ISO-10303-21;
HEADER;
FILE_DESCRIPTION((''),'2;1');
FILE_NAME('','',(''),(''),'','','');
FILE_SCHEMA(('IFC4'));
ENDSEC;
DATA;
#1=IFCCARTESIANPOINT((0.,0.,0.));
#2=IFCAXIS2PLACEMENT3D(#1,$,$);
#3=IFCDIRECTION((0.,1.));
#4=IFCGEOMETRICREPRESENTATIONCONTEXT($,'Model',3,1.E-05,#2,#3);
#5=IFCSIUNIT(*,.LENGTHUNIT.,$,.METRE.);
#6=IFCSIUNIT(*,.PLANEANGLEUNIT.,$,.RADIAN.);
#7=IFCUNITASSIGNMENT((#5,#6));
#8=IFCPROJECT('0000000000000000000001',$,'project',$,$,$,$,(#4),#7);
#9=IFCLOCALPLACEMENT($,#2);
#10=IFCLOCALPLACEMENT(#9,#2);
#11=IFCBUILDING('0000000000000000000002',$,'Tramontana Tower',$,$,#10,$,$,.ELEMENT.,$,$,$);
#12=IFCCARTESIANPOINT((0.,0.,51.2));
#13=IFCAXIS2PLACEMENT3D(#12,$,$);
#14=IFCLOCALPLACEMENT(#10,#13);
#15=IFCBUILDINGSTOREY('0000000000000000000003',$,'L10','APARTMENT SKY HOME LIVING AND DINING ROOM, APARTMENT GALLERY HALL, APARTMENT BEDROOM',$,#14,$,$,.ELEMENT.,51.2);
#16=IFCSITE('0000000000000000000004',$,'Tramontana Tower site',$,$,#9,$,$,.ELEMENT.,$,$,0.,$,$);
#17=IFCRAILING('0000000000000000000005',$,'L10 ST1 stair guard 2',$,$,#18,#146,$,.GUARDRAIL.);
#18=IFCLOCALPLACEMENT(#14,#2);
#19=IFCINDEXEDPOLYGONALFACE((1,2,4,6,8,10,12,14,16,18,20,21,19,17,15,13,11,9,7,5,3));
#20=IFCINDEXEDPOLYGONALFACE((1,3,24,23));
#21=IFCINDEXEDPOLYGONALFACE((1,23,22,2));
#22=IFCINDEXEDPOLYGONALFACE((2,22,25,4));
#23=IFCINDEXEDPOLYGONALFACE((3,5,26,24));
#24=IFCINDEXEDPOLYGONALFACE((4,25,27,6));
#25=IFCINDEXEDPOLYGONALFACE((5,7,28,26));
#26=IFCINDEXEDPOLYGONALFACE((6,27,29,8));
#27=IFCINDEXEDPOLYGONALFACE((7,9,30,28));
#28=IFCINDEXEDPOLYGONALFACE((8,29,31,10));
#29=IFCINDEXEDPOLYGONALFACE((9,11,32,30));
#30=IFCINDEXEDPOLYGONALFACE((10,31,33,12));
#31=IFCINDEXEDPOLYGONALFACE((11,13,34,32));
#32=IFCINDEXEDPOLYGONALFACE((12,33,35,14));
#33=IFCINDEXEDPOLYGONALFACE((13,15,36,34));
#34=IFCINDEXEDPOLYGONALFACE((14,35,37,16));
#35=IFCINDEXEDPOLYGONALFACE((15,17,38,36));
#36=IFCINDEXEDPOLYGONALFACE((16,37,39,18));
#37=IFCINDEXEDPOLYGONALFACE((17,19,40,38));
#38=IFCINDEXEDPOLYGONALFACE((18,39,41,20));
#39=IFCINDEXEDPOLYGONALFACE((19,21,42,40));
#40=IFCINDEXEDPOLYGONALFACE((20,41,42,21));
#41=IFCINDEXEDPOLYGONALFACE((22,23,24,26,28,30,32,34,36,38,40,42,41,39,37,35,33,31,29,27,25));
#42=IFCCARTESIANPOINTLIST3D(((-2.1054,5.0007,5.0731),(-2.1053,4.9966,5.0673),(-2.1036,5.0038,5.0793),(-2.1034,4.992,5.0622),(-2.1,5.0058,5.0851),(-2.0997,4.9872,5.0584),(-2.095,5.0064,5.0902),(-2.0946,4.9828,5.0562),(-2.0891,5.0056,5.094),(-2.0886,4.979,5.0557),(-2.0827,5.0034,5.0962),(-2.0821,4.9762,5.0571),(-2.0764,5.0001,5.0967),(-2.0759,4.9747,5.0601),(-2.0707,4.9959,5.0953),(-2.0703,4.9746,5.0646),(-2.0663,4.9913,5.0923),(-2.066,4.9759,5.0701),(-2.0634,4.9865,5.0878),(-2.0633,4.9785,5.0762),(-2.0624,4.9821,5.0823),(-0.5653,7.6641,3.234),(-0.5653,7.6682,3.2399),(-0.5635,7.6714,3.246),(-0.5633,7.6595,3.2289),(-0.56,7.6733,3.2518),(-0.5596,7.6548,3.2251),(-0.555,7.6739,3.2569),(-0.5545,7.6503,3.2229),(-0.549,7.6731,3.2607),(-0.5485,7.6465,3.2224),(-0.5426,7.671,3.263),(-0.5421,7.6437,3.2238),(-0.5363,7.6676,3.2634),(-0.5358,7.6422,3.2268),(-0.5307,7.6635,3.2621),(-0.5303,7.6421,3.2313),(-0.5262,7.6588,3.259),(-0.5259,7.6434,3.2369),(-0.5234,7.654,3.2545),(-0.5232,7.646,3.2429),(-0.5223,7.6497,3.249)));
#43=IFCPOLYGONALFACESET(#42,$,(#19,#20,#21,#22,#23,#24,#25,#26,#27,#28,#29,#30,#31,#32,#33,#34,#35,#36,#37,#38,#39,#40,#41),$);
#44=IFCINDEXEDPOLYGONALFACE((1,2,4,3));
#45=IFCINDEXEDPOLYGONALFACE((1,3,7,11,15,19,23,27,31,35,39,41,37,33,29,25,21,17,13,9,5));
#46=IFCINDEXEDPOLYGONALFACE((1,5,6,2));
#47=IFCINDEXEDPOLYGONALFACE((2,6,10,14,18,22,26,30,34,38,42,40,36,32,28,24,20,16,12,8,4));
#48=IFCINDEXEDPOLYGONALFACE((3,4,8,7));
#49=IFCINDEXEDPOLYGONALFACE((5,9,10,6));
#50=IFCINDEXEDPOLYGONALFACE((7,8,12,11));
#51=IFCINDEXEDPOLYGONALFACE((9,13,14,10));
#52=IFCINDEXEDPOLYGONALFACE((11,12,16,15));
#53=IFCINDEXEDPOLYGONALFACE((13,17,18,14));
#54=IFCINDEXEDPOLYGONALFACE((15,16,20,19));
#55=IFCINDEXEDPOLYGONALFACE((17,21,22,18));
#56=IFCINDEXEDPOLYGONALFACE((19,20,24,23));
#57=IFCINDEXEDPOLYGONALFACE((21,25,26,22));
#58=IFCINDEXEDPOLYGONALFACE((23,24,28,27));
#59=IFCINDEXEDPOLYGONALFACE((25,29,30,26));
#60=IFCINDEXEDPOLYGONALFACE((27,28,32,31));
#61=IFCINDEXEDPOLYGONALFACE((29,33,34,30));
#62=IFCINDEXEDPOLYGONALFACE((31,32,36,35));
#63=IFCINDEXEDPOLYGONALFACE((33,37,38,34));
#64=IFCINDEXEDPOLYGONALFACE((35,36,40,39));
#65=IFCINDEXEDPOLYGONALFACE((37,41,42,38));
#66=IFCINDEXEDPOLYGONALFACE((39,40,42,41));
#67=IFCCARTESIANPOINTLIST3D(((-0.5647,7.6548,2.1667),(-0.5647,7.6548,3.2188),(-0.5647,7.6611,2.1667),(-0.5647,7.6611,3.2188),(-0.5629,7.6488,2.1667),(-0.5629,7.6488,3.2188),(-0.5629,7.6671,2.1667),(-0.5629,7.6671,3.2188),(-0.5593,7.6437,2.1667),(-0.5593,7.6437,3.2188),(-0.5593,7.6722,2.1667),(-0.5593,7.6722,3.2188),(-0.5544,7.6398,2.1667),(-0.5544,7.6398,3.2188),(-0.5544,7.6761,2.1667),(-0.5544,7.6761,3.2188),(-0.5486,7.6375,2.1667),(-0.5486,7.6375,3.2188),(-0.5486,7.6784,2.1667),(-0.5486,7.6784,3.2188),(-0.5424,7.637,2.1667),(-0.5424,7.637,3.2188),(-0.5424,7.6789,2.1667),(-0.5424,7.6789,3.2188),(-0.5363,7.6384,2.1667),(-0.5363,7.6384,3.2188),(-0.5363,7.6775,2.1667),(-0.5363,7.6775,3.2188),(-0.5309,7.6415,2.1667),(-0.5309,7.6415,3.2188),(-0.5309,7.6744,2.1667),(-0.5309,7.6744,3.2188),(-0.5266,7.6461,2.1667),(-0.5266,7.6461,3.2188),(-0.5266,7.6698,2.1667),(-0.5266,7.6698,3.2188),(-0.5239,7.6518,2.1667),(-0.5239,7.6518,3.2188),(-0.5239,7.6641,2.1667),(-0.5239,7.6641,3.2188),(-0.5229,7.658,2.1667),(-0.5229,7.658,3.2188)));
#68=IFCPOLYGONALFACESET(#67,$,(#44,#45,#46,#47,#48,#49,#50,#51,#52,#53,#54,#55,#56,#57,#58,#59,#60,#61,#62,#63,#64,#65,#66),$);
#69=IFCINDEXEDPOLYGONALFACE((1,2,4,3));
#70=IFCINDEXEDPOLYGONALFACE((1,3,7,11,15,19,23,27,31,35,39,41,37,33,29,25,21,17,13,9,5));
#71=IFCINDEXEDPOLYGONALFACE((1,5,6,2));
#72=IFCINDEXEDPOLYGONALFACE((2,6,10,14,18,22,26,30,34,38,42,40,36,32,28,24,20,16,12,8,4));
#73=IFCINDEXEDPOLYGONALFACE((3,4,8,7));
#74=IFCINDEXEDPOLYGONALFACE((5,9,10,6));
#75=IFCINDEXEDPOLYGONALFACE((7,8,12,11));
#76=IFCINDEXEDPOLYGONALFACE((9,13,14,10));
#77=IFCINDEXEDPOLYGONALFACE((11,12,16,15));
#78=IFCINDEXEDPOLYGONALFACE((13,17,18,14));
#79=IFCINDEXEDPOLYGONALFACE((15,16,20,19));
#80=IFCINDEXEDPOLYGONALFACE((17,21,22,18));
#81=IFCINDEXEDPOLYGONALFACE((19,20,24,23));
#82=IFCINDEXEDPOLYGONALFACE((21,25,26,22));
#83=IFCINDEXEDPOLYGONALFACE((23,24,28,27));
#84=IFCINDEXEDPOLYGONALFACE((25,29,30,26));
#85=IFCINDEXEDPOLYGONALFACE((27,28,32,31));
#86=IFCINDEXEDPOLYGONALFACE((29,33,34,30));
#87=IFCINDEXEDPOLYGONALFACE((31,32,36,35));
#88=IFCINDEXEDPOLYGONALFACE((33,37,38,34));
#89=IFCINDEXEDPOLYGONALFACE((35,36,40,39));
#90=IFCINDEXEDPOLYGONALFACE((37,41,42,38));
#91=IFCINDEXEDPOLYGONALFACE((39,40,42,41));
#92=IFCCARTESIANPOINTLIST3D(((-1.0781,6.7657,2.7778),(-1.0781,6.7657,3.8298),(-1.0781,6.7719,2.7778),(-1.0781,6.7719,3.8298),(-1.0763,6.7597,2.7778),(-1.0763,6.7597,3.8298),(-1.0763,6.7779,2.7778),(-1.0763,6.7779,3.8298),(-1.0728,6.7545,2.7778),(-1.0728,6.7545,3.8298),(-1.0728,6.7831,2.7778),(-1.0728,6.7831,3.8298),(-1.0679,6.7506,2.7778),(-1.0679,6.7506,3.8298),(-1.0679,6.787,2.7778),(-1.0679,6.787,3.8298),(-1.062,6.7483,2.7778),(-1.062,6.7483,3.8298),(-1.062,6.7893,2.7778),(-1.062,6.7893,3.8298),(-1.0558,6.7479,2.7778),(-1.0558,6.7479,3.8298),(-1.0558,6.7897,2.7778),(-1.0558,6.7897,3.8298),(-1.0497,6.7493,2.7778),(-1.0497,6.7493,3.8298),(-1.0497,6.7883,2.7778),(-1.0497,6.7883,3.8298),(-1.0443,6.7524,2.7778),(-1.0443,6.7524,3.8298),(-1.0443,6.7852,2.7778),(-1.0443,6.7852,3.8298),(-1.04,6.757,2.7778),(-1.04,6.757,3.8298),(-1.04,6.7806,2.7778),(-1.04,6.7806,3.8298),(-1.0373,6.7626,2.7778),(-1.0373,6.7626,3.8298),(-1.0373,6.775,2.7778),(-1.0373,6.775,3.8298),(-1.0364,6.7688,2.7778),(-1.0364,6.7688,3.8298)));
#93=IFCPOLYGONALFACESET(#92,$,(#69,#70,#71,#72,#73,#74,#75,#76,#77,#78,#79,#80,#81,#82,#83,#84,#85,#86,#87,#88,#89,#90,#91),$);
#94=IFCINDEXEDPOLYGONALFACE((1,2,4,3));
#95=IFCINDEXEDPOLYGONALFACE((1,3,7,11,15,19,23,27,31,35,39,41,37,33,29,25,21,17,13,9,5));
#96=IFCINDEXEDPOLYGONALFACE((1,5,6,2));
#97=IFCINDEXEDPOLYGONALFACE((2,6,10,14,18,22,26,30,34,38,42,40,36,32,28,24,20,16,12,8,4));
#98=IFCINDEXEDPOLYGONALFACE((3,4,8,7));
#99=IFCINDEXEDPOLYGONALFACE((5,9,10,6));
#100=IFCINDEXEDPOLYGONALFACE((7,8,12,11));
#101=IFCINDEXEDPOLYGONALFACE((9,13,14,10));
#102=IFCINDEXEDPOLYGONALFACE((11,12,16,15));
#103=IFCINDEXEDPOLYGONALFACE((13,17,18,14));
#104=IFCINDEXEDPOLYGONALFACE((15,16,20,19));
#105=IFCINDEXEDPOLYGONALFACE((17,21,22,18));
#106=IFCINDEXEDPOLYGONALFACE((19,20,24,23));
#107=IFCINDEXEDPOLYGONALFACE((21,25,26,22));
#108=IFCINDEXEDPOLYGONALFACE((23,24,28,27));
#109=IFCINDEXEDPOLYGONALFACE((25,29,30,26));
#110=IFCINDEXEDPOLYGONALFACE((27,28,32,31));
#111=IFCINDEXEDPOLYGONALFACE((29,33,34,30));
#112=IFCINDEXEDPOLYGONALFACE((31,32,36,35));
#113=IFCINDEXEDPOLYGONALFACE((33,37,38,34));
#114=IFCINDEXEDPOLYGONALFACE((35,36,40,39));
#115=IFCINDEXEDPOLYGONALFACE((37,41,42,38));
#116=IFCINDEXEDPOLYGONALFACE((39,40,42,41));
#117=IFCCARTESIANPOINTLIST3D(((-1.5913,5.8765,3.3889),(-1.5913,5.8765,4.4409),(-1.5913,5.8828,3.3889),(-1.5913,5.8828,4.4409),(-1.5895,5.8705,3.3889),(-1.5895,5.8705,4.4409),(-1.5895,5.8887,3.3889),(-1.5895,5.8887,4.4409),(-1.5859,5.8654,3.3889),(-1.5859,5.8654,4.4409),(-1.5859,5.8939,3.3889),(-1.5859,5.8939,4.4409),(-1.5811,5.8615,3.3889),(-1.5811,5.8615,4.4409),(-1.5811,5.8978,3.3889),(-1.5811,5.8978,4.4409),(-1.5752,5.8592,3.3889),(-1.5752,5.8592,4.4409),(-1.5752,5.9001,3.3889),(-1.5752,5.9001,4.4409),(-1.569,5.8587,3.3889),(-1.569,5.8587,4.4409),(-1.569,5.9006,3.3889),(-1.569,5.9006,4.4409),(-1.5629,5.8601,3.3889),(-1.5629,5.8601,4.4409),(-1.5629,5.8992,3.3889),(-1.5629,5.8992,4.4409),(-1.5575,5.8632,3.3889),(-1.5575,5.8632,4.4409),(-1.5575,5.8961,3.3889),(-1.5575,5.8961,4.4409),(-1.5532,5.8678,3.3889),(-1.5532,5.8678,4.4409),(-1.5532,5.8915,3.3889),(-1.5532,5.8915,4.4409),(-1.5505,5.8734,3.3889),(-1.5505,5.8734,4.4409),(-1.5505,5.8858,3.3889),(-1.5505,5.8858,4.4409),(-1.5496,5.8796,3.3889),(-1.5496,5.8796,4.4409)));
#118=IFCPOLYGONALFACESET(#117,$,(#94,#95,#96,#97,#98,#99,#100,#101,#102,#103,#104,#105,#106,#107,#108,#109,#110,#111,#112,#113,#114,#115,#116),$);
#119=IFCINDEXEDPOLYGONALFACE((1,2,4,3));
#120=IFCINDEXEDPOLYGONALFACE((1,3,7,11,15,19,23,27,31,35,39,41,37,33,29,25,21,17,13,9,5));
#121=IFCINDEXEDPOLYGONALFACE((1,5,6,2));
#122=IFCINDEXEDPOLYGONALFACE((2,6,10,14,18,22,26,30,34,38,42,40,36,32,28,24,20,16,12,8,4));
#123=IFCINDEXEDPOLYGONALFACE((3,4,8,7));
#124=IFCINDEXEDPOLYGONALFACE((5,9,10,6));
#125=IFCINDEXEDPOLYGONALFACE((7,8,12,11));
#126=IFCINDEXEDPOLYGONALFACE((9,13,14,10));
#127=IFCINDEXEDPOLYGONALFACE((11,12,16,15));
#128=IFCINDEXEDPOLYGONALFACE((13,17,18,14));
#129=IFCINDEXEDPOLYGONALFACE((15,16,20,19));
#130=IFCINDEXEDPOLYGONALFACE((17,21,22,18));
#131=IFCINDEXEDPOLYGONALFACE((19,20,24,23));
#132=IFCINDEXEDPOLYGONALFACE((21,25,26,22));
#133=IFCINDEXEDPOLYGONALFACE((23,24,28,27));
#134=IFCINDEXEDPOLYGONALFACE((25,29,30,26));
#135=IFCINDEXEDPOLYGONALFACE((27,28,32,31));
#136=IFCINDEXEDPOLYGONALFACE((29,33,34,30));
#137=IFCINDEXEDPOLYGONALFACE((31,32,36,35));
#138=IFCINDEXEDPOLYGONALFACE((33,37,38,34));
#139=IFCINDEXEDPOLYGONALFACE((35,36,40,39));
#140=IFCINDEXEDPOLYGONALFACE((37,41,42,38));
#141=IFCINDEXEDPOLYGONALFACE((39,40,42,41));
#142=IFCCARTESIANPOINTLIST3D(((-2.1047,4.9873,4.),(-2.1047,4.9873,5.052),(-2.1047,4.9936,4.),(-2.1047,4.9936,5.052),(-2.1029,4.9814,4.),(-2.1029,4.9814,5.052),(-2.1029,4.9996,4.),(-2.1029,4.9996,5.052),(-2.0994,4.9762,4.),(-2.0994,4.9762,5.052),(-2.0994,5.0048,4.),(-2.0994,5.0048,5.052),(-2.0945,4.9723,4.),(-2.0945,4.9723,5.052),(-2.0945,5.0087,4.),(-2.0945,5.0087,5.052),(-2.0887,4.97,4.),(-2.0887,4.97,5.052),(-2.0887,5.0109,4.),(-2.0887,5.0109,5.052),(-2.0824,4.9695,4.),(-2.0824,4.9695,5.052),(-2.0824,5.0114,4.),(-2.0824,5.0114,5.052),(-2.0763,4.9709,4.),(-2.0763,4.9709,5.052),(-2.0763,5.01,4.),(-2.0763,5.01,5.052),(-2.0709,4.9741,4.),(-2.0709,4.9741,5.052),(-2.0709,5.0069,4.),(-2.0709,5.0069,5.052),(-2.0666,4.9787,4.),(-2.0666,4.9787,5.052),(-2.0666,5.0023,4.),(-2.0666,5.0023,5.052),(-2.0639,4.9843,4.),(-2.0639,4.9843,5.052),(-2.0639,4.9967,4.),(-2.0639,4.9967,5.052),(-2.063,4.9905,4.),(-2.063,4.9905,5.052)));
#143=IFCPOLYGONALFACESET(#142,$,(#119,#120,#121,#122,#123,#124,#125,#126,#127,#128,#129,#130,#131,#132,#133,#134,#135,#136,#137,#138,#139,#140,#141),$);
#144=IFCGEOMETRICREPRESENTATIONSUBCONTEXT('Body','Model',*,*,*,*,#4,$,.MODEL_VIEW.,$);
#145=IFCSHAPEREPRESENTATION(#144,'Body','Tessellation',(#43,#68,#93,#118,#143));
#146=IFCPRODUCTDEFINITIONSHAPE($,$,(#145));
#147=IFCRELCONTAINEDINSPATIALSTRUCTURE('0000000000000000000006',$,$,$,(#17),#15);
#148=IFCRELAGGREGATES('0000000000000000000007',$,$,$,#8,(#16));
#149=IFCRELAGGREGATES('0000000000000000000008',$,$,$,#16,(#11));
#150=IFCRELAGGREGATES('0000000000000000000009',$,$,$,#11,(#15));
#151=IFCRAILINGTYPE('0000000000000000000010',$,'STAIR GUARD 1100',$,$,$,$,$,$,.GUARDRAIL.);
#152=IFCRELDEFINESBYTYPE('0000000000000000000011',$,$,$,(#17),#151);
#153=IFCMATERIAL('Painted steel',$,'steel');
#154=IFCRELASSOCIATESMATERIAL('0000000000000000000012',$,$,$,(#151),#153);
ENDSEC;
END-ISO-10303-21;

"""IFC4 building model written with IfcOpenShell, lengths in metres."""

from ifc_helpers import new_model, si_unit, direction, frame, origin, origin_2d, place, context, subcontext, project, spatial, circle, extrude, material, type_object, element, save


model = new_model("IFC4")

# Units and contexts
model_context = context("Model", 3, precision=1e-05, world=origin(), true_north=direction((0.0, 1.0)))
body_context = subcontext(model_context, "Body", "Model", "MODEL_VIEW")
ifc_project = project(units=[si_unit("LENGTHUNIT", "METRE"), si_unit("PLANEANGLEUNIT", "RADIAN")], contexts=[model_context])

# Site, building, storey
site_placement = place(None, origin())
site = spatial("IfcSite", under=ifc_project, at=site_placement, Name="Tramontana Tower site", CompositionType="ELEMENT", RefElevation=0.0)
building_placement = place(site_placement, origin())
building = spatial("IfcBuilding", under=site, at=building_placement, Name="Tramontana Tower", CompositionType="ELEMENT")
storey_placement = place(building_placement, frame((0.0, 0.0, 51.2)))
storey = spatial("IfcBuildingStorey", under=building, at=storey_placement, Name="L10", Description="APARTMENT SKY HOME LIVING AND DINING ROOM, APARTMENT GALLERY HALL, APARTMENT BEDROOM", CompositionType="ELEMENT", Elevation=51.2)

# Railing
ifc_material_1 = material(Name="Painted steel", Category="steel")
railing_type_1 = type_object("IfcRailingType", Name="STAIR GUARD 1100", PredefinedType="GUARDRAIL", material=ifc_material_1)
railing_1_placement = place(storey_placement, frame((-0.5439, 7.658, 2.1667)))
element("IfcRailing", 1, at=railing_1_placement, inside=storey, type_object=railing_type_1, Name="L10 ST1 stair guard 2", PredefinedType="GUARDRAIL", context=body_context, shape_type="SweptSolid", body=[
    extrude(circle(Radius=0.0239, at=origin_2d()), frame((0.0, 0.0, 1.0762), z_axis=(-0.429649, -0.74419, 0.511452), x_axis=(0.86603, -0.499992, 0.0)), (0.0, 0.0, 1.0), 3.5845),
    extrude(circle(Radius=0.021, at=origin_2d()), origin(), (0.0, 0.0, 1.0), 1.052),
    extrude(circle(Radius=0.021, at=origin_2d()), frame((-0.5134, -0.8892, 0.6111)), (0.0, 0.0, 1.0), 1.052),
    extrude(circle(Radius=0.021, at=origin_2d()), frame((-1.0266, -1.7783, 1.2222)), (0.0, 0.0, 1.0), 1.052),
    extrude(circle(Radius=0.021, at=origin_2d()), frame((-1.54, -2.6675, 1.8333)), (0.0, 0.0, 1.0), 1.052),
])

save(model, "model.ifc")
